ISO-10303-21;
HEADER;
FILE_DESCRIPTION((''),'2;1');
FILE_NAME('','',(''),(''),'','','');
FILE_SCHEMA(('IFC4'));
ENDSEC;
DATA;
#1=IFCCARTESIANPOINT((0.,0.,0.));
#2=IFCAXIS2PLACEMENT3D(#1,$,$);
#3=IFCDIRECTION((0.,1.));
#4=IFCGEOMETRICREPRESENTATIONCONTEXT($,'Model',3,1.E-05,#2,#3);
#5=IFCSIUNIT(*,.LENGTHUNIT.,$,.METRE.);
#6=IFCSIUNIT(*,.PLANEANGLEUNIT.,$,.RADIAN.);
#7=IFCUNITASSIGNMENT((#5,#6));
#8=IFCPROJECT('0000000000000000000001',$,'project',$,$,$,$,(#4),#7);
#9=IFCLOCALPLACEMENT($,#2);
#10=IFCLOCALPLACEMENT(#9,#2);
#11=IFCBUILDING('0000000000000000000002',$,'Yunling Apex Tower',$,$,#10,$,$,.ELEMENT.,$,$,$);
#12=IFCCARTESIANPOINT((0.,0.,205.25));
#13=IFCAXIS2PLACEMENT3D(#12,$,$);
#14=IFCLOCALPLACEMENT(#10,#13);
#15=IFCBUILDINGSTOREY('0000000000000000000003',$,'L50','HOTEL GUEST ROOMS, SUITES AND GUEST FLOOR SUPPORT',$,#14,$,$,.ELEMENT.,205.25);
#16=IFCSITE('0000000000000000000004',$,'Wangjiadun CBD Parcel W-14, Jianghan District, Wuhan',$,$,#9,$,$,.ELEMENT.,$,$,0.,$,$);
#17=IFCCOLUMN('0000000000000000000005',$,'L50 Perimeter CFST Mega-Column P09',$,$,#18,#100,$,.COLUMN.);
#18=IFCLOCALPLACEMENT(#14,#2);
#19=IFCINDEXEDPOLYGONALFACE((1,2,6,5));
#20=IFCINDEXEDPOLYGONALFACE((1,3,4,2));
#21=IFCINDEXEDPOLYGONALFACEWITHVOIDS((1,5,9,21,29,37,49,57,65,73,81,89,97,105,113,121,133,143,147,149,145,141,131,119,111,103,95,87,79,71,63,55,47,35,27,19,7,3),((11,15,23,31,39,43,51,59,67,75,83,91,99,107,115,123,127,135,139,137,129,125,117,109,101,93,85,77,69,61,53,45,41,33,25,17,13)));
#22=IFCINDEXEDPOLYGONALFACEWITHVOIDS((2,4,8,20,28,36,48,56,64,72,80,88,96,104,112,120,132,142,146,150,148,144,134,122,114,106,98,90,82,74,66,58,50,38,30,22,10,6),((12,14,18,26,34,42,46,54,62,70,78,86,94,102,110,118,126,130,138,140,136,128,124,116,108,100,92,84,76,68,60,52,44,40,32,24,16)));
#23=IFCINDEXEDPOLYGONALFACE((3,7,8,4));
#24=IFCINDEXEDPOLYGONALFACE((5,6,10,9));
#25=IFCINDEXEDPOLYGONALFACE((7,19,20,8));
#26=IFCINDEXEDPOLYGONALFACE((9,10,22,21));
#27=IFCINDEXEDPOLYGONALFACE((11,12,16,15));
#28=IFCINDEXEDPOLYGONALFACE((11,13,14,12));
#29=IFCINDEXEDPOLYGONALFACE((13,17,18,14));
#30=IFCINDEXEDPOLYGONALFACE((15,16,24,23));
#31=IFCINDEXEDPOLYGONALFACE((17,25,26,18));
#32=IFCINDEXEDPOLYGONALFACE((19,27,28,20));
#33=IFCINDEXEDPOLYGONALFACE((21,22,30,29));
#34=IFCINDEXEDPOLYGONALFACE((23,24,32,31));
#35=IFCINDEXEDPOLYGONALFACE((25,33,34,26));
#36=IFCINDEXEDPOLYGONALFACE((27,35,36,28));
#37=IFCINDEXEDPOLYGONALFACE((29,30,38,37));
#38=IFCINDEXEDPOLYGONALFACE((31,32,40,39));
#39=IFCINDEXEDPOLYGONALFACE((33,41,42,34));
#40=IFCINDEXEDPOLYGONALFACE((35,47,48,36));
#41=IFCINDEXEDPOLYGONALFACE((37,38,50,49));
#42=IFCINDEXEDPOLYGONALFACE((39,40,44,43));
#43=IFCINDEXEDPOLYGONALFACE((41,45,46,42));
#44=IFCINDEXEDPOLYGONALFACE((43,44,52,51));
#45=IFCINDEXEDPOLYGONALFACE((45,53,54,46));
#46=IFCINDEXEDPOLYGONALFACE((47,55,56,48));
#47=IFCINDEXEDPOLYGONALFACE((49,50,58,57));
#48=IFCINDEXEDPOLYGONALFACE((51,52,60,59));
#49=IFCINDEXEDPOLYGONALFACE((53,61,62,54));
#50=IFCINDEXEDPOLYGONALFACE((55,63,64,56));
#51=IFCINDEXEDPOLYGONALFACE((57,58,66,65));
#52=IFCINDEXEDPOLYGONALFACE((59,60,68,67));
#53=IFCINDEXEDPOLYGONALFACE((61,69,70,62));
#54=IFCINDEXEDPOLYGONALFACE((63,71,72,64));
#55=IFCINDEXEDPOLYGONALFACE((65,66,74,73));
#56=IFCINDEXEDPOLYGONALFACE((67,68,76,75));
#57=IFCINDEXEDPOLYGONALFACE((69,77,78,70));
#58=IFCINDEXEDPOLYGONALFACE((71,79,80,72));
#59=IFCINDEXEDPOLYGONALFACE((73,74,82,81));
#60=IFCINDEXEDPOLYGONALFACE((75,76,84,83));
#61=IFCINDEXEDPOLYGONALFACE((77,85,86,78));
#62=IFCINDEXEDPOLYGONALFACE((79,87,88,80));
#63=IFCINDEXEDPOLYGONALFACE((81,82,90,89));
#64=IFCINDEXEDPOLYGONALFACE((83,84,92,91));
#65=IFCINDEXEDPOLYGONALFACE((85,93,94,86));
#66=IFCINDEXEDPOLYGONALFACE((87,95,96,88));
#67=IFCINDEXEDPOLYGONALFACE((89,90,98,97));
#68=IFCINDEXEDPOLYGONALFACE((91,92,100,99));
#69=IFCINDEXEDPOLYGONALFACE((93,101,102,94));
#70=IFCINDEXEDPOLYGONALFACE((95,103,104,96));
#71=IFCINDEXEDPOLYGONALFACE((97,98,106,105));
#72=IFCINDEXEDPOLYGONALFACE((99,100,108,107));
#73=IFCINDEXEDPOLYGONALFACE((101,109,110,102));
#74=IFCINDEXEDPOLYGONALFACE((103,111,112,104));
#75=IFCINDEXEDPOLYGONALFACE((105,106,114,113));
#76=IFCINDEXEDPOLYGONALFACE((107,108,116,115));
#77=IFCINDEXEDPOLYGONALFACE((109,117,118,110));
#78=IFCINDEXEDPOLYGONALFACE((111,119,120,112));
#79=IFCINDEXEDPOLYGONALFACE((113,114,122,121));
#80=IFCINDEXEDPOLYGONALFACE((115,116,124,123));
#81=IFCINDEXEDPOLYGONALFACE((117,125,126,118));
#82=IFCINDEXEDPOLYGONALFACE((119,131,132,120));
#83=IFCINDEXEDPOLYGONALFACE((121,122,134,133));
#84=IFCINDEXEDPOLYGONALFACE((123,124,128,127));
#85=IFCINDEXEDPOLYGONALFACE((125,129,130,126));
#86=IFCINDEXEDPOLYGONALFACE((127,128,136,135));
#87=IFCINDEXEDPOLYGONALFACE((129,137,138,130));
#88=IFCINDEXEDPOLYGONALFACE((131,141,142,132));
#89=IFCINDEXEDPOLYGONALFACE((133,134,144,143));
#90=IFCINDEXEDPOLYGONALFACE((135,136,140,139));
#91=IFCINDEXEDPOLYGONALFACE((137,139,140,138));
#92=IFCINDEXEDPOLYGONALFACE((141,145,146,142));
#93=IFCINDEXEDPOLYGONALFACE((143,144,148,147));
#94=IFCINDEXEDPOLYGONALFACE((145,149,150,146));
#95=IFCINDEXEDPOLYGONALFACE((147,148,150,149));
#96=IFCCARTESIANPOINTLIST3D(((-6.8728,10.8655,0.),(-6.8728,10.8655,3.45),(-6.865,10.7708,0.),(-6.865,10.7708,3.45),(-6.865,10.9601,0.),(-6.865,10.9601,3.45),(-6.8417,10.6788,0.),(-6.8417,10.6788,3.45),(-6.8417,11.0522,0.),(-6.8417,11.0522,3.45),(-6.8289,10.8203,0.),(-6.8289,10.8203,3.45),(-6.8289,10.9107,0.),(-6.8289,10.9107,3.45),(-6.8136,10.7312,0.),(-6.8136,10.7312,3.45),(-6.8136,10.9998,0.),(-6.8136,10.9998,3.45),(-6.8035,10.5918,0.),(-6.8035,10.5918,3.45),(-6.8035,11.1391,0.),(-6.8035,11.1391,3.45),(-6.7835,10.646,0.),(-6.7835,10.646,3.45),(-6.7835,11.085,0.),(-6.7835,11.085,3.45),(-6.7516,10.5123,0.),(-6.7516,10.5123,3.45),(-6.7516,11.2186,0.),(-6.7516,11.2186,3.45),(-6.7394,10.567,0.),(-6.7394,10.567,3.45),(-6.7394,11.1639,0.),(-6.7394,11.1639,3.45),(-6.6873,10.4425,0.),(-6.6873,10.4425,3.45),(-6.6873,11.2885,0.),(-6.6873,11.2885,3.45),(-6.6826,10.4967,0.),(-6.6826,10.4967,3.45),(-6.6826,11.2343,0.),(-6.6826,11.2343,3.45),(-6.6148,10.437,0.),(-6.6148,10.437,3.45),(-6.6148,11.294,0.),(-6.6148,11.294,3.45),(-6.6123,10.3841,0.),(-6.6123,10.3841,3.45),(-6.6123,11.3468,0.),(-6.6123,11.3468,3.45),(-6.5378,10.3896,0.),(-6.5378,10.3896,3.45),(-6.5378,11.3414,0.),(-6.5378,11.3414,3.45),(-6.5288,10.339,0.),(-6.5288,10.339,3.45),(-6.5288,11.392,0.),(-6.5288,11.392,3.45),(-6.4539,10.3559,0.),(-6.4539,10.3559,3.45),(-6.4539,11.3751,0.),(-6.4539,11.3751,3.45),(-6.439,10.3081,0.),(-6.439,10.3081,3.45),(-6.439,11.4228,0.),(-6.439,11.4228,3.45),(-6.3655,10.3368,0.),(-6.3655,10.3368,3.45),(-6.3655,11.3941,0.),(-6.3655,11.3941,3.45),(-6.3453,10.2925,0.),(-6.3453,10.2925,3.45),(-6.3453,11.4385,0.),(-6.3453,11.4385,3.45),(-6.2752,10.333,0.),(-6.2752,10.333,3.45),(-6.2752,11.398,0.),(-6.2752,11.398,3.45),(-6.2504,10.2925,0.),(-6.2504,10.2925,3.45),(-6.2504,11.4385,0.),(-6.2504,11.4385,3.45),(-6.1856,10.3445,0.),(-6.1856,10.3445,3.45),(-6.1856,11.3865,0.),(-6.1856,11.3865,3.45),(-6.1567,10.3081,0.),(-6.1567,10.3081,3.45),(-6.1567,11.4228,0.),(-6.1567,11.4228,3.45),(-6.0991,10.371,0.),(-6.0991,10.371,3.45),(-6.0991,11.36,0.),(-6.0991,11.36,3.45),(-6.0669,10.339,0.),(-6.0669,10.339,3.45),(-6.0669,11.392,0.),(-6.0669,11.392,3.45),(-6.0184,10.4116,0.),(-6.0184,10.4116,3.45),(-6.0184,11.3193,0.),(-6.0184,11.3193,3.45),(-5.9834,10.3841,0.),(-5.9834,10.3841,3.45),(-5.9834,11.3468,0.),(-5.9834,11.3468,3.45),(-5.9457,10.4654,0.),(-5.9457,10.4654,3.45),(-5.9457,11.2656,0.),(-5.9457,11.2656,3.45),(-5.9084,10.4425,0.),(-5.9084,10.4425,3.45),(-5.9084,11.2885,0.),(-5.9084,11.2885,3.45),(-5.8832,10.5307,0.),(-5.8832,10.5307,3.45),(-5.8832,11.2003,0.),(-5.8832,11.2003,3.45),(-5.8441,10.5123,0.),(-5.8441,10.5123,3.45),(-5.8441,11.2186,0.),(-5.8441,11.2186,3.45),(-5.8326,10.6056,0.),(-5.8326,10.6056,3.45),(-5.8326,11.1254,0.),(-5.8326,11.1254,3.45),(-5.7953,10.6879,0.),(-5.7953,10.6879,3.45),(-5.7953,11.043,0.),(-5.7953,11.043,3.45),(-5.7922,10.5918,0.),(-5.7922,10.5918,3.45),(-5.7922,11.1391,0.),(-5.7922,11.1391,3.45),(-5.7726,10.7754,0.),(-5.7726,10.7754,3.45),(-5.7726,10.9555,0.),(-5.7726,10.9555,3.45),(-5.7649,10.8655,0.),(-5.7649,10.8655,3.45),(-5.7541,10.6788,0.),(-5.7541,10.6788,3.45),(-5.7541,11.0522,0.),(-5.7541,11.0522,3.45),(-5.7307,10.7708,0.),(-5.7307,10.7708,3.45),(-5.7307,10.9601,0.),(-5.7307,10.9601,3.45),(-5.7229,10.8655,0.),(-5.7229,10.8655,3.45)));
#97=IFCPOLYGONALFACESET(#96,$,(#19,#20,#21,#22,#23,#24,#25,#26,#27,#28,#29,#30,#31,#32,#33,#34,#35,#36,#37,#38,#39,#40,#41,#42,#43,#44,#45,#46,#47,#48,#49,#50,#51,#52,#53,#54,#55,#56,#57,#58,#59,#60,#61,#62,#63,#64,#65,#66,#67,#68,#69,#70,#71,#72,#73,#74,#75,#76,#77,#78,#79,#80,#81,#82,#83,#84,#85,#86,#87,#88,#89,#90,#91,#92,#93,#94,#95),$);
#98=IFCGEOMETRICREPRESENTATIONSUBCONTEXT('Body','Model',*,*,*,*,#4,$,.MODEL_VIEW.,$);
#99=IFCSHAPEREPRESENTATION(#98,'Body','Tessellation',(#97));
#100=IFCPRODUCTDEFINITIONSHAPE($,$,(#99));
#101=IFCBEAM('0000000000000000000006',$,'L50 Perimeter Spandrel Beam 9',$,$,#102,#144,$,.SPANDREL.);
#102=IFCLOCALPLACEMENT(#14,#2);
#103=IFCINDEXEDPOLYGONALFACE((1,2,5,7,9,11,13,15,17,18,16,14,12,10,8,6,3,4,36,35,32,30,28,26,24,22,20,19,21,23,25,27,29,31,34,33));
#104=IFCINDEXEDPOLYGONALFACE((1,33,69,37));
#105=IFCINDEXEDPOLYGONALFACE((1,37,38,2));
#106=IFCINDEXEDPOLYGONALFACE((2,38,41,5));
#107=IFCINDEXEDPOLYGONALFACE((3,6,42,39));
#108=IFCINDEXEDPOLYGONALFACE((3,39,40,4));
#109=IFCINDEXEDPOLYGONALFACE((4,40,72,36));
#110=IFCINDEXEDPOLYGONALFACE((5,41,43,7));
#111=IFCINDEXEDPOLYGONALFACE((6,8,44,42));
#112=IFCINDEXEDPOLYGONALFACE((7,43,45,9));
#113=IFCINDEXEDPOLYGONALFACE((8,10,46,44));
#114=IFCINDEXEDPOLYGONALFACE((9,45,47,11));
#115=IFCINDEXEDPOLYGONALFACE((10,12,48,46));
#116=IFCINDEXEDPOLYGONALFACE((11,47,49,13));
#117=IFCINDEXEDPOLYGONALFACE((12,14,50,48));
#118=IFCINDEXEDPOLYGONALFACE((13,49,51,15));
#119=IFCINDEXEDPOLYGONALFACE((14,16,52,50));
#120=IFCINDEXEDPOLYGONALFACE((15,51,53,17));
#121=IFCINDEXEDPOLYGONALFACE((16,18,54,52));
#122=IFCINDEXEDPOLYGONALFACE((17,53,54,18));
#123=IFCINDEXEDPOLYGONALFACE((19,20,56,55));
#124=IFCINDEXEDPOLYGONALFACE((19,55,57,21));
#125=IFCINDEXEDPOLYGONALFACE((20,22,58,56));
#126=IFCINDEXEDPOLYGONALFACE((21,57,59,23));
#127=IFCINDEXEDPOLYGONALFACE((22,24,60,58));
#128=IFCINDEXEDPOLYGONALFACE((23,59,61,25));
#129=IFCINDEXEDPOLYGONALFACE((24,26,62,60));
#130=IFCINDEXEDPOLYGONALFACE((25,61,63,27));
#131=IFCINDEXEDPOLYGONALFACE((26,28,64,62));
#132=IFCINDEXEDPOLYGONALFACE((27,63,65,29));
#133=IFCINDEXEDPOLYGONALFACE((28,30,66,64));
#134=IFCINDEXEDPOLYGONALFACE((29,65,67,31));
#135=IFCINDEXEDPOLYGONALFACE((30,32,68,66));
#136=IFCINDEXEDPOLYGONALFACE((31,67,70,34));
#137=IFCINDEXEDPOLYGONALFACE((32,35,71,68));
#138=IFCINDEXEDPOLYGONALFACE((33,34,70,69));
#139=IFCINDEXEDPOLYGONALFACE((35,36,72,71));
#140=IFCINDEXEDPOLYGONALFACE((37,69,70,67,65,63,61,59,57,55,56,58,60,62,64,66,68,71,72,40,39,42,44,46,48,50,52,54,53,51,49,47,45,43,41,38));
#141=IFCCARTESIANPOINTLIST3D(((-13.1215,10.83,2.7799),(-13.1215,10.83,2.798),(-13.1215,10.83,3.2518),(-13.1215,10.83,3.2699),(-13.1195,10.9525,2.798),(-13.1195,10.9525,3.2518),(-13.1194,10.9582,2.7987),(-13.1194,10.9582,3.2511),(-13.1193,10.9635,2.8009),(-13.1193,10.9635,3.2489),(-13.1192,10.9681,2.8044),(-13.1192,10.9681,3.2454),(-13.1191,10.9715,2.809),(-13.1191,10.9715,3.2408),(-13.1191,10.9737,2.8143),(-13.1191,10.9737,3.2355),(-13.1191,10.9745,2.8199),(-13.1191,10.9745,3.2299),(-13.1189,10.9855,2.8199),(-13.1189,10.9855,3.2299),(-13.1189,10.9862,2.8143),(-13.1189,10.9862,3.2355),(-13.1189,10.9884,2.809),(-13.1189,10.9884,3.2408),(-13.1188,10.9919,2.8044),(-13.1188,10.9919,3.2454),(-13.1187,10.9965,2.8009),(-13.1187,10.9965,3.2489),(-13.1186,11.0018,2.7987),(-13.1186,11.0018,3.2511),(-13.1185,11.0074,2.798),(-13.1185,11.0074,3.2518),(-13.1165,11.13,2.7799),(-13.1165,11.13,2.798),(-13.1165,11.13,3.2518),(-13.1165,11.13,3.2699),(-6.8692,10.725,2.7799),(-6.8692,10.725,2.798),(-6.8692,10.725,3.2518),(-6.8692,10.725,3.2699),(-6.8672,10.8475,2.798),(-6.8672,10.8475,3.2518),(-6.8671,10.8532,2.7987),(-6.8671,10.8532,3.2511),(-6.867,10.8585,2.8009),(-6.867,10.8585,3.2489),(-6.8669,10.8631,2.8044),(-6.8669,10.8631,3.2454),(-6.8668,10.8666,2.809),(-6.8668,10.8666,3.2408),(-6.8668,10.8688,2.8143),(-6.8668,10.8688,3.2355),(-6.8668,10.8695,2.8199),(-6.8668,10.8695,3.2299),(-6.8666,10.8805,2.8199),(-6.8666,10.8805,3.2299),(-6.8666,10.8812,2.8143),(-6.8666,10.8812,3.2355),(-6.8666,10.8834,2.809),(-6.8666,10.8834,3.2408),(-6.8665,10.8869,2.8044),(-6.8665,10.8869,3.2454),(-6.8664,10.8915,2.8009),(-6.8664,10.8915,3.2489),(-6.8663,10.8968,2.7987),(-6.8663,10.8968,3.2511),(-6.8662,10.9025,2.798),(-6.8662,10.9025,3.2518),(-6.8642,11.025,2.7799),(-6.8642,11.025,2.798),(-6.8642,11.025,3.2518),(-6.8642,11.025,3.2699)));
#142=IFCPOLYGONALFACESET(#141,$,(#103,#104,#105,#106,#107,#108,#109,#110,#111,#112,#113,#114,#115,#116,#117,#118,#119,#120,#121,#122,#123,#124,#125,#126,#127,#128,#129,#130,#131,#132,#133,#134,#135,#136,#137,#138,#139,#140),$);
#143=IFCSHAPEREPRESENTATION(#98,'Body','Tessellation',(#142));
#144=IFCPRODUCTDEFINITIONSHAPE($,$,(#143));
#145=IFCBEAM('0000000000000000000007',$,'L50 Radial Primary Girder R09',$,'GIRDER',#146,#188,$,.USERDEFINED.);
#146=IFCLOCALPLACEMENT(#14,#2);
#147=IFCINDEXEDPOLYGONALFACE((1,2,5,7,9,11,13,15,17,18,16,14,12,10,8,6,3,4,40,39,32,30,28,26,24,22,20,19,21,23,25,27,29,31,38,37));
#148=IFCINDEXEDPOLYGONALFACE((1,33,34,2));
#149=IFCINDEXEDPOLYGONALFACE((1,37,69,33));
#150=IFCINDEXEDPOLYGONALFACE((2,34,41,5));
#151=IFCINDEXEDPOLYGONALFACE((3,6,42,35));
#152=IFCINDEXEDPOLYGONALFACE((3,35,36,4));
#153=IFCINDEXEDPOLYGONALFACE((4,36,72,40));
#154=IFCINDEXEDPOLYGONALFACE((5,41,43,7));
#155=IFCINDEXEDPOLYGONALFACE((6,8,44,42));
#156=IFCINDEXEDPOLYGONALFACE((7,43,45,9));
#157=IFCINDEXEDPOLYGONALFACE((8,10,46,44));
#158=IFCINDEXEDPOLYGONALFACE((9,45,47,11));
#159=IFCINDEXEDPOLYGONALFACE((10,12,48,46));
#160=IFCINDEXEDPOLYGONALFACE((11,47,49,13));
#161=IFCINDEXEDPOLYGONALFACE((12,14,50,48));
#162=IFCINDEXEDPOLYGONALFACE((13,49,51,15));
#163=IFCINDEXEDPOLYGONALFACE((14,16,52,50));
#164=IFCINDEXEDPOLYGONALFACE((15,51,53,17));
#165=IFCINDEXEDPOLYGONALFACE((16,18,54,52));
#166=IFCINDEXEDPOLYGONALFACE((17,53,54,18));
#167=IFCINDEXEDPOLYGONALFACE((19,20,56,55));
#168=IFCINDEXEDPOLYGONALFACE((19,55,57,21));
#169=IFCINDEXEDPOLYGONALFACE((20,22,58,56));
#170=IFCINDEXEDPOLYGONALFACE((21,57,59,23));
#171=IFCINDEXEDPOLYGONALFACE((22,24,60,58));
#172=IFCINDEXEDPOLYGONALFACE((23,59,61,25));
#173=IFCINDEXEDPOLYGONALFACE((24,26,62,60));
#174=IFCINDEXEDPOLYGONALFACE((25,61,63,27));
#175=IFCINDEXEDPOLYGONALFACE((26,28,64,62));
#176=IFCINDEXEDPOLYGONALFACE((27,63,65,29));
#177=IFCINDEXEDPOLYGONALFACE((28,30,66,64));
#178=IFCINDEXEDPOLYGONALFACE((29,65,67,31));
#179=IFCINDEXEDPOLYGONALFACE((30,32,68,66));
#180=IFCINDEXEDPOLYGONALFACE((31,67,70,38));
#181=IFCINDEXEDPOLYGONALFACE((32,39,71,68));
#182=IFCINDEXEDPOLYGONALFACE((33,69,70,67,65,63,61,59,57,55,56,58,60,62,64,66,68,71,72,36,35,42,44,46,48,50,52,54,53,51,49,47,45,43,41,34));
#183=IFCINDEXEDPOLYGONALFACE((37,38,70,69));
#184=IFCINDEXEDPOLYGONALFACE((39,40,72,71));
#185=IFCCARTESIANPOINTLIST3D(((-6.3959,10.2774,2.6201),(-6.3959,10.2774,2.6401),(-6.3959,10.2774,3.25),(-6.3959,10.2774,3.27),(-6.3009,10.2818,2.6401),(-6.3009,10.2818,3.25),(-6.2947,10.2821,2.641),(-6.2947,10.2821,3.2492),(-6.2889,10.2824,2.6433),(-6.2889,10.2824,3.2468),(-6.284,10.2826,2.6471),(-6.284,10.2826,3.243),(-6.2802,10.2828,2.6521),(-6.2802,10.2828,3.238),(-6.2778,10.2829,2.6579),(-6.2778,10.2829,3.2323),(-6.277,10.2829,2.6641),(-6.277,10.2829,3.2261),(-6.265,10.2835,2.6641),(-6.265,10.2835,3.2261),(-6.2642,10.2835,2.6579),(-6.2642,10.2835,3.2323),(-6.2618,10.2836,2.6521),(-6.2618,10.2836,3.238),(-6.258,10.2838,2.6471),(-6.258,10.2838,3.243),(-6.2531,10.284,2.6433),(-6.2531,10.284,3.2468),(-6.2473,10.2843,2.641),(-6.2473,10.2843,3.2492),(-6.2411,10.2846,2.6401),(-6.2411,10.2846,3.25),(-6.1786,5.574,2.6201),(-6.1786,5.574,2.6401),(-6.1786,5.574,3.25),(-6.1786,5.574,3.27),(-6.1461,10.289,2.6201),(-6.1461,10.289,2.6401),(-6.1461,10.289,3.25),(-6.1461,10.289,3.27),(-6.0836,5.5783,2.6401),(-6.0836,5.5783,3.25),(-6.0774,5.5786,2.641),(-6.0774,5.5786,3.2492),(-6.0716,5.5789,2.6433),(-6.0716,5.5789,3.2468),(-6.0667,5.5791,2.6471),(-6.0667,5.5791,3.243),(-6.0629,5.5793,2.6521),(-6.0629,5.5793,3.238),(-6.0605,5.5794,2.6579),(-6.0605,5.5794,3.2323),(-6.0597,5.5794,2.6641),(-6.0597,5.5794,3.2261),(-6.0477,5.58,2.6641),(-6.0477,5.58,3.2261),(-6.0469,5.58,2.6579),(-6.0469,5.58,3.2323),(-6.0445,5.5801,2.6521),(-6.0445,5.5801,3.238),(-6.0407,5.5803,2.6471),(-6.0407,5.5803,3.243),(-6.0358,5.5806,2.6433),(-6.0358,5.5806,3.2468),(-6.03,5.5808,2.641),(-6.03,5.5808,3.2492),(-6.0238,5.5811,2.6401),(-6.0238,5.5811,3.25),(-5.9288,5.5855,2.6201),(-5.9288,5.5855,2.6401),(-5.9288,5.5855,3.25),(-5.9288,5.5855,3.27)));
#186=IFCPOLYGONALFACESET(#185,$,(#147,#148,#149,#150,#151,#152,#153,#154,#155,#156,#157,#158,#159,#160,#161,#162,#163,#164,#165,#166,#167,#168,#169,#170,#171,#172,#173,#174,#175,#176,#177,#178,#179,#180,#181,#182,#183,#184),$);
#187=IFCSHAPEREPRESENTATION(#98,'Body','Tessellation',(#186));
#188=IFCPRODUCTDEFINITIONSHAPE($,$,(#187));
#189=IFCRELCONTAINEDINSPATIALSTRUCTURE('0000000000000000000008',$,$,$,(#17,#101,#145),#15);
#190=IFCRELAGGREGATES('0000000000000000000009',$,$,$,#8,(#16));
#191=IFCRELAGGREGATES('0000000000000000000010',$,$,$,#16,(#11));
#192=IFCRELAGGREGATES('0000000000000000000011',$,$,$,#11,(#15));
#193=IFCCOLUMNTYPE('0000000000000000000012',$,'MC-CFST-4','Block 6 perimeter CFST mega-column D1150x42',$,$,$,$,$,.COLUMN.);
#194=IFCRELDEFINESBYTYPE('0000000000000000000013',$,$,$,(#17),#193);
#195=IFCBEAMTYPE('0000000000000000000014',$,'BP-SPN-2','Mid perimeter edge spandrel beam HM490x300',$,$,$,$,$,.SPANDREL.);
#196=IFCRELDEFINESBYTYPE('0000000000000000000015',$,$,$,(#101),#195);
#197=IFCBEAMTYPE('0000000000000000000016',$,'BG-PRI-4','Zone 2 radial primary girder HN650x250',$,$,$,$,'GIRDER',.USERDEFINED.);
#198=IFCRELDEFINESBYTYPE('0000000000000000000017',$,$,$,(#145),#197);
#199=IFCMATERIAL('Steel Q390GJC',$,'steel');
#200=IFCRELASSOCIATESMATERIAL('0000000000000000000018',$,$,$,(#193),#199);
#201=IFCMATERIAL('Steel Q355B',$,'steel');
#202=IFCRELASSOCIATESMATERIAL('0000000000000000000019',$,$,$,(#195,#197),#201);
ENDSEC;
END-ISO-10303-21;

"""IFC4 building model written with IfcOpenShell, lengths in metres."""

from ifc_helpers import new_model, si_unit, direction, frame, origin, origin_2d, place, context, subcontext, project, spatial, hollow_circle, i_section, extrude, source, transform, mapped, material, material_profile, profile_set, type_object, element, save


model = new_model("IFC4")

# Units and contexts
model_context = context("Model", 3, precision=1e-05, world=origin(), true_north=direction((0.0, 1.0)))
body_context = subcontext(model_context, "Body", "Model", "MODEL_VIEW")
ifc_project = project(units=[si_unit("LENGTHUNIT", "METRE"), si_unit("PLANEANGLEUNIT", "RADIAN")], contexts=[model_context])

# Site, building, storey
site_placement = place(None, origin())
site = spatial("IfcSite", under=ifc_project, at=site_placement, Name="Wangjiadun CBD Parcel W-14, Jianghan District, Wuhan", CompositionType="ELEMENT", RefElevation=0.0)
building_placement = place(site_placement, origin())
building = spatial("IfcBuilding", under=site, at=building_placement, Name="Yunling Apex Tower", CompositionType="ELEMENT")
storey_placement = place(building_placement, frame((0.0, 0.0, 205.25)))
storey = spatial("IfcBuildingStorey", under=building, at=storey_placement, Name="L50", Description="HOTEL GUEST ROOMS, SUITES AND GUEST FLOOR SUPPORT", CompositionType="ELEMENT", Elevation=205.25)

# Column
ifc_material_1 = material(Name="Steel Q390GJC", Category="steel")
ifc_material_profile_1 = material_profile(ifc_material_1, hollow_circle(Radius=0.575, WallThickness=0.042, at=origin_2d()))
ifc_profile_set_1 = profile_set([ifc_material_profile_1], Name="Steel Q390GJC")
column_type = type_object("IfcColumnType", Name="MC-CFST-4", Description="Block 6 perimeter CFST mega-column D1150x42", PredefinedType="COLUMN", material=ifc_profile_set_1)
shared_shape_1 = source(origin(), body_context, "Body", "SweptSolid", [
    extrude(hollow_circle(Radius=0.575, WallThickness=0.042, at=origin_2d()), origin(), (0.0, 0.0, 1.0), 3.45),
])
column_placement = place(storey_placement, frame((-6.2979, 10.8655, 0.0), z_axis=(0.0, 0.0, 1.0), x_axis=(1.0, 0.0, 0.0)))
element("IfcColumn", 1, at=column_placement, inside=storey, type_object=column_type, Name="L50 Perimeter CFST Mega-Column P09", PredefinedType="COLUMN", context=body_context, shape_type="MappedRepresentation", body=[
    mapped(shared_shape_1, transform((0.0, 0.0, 0.0), scale=1.0)),
])

# Beams
ifc_material_2 = material(Name="Steel Q355B", Category="steel")
ifc_material_profile_2 = material_profile(ifc_material_2, i_section(OverallWidth=0.3, OverallDepth=0.49, WebThickness=0.011, FlangeThickness=0.0181, FilletRadius=0.022, at=origin_2d()))
ifc_profile_set_2 = profile_set([ifc_material_profile_2], Name="Steel Q355B")
beam_type_1 = type_object("IfcBeamType", Name="BP-SPN-2", Description="Mid perimeter edge spandrel beam HM490x300", PredefinedType="SPANDREL", material=ifc_profile_set_2)
shared_shape_2 = source(origin(), body_context, "Body", "SweptSolid", [
    extrude(i_section(OverallWidth=0.3, OverallDepth=0.49, WebThickness=0.011, FlangeThickness=0.0181, FilletRadius=0.022, at=origin_2d()), origin(), (0.0, 0.0, 1.0), 6.2532),
])
beam_1_placement = place(storey_placement, frame((-6.8667, 10.875, 3.0249), z_axis=(-0.999859, 0.016789, 0.0), x_axis=(-0.016789, -0.999859, 0.0)))
element("IfcBeam", 2, at=beam_1_placement, inside=storey, type_object=beam_type_1, Name="L50 Perimeter Spandrel Beam 9", PredefinedType="SPANDREL", context=body_context, shape_type="MappedRepresentation", body=[
    mapped(shared_shape_2, transform((0.0, 0.0, 0.0), scale=1.0)),
])
ifc_material_profile_3 = material_profile(ifc_material_2, i_section(OverallWidth=0.25, OverallDepth=0.6499, WebThickness=0.012, FlangeThickness=0.02, FilletRadius=0.0239, at=origin_2d()))
ifc_profile_set_3 = profile_set([ifc_material_profile_3], Name="Steel Q355B")
beam_type_2 = type_object("IfcBeamType", Name="BG-PRI-4", Description="Zone 2 radial primary girder HN650x250", ElementType="GIRDER", PredefinedType="USERDEFINED", material=ifc_profile_set_3)
shared_shape_3 = source(origin(), body_context, "Body", "SweptSolid", [
    extrude(i_section(OverallWidth=0.25, OverallDepth=0.6499, WebThickness=0.012, FlangeThickness=0.02, FilletRadius=0.0239, at=origin_2d()), origin(), (0.0, 0.0, 1.0), 4.7085),
])
beam_2_placement = place(storey_placement, frame((-6.271, 10.2832, 2.9451), z_axis=(0.046149, -0.998935, 0.0), x_axis=(0.998935, 0.046149, 0.0)))
element("IfcBeam", 3, at=beam_2_placement, inside=storey, type_object=beam_type_2, Name="L50 Radial Primary Girder R09", ObjectType="GIRDER", PredefinedType="USERDEFINED", context=body_context, shape_type="MappedRepresentation", body=[
    mapped(shared_shape_3, transform((0.0, 0.0, 0.0), scale=1.0)),
])

save(model, "model.ifc")
